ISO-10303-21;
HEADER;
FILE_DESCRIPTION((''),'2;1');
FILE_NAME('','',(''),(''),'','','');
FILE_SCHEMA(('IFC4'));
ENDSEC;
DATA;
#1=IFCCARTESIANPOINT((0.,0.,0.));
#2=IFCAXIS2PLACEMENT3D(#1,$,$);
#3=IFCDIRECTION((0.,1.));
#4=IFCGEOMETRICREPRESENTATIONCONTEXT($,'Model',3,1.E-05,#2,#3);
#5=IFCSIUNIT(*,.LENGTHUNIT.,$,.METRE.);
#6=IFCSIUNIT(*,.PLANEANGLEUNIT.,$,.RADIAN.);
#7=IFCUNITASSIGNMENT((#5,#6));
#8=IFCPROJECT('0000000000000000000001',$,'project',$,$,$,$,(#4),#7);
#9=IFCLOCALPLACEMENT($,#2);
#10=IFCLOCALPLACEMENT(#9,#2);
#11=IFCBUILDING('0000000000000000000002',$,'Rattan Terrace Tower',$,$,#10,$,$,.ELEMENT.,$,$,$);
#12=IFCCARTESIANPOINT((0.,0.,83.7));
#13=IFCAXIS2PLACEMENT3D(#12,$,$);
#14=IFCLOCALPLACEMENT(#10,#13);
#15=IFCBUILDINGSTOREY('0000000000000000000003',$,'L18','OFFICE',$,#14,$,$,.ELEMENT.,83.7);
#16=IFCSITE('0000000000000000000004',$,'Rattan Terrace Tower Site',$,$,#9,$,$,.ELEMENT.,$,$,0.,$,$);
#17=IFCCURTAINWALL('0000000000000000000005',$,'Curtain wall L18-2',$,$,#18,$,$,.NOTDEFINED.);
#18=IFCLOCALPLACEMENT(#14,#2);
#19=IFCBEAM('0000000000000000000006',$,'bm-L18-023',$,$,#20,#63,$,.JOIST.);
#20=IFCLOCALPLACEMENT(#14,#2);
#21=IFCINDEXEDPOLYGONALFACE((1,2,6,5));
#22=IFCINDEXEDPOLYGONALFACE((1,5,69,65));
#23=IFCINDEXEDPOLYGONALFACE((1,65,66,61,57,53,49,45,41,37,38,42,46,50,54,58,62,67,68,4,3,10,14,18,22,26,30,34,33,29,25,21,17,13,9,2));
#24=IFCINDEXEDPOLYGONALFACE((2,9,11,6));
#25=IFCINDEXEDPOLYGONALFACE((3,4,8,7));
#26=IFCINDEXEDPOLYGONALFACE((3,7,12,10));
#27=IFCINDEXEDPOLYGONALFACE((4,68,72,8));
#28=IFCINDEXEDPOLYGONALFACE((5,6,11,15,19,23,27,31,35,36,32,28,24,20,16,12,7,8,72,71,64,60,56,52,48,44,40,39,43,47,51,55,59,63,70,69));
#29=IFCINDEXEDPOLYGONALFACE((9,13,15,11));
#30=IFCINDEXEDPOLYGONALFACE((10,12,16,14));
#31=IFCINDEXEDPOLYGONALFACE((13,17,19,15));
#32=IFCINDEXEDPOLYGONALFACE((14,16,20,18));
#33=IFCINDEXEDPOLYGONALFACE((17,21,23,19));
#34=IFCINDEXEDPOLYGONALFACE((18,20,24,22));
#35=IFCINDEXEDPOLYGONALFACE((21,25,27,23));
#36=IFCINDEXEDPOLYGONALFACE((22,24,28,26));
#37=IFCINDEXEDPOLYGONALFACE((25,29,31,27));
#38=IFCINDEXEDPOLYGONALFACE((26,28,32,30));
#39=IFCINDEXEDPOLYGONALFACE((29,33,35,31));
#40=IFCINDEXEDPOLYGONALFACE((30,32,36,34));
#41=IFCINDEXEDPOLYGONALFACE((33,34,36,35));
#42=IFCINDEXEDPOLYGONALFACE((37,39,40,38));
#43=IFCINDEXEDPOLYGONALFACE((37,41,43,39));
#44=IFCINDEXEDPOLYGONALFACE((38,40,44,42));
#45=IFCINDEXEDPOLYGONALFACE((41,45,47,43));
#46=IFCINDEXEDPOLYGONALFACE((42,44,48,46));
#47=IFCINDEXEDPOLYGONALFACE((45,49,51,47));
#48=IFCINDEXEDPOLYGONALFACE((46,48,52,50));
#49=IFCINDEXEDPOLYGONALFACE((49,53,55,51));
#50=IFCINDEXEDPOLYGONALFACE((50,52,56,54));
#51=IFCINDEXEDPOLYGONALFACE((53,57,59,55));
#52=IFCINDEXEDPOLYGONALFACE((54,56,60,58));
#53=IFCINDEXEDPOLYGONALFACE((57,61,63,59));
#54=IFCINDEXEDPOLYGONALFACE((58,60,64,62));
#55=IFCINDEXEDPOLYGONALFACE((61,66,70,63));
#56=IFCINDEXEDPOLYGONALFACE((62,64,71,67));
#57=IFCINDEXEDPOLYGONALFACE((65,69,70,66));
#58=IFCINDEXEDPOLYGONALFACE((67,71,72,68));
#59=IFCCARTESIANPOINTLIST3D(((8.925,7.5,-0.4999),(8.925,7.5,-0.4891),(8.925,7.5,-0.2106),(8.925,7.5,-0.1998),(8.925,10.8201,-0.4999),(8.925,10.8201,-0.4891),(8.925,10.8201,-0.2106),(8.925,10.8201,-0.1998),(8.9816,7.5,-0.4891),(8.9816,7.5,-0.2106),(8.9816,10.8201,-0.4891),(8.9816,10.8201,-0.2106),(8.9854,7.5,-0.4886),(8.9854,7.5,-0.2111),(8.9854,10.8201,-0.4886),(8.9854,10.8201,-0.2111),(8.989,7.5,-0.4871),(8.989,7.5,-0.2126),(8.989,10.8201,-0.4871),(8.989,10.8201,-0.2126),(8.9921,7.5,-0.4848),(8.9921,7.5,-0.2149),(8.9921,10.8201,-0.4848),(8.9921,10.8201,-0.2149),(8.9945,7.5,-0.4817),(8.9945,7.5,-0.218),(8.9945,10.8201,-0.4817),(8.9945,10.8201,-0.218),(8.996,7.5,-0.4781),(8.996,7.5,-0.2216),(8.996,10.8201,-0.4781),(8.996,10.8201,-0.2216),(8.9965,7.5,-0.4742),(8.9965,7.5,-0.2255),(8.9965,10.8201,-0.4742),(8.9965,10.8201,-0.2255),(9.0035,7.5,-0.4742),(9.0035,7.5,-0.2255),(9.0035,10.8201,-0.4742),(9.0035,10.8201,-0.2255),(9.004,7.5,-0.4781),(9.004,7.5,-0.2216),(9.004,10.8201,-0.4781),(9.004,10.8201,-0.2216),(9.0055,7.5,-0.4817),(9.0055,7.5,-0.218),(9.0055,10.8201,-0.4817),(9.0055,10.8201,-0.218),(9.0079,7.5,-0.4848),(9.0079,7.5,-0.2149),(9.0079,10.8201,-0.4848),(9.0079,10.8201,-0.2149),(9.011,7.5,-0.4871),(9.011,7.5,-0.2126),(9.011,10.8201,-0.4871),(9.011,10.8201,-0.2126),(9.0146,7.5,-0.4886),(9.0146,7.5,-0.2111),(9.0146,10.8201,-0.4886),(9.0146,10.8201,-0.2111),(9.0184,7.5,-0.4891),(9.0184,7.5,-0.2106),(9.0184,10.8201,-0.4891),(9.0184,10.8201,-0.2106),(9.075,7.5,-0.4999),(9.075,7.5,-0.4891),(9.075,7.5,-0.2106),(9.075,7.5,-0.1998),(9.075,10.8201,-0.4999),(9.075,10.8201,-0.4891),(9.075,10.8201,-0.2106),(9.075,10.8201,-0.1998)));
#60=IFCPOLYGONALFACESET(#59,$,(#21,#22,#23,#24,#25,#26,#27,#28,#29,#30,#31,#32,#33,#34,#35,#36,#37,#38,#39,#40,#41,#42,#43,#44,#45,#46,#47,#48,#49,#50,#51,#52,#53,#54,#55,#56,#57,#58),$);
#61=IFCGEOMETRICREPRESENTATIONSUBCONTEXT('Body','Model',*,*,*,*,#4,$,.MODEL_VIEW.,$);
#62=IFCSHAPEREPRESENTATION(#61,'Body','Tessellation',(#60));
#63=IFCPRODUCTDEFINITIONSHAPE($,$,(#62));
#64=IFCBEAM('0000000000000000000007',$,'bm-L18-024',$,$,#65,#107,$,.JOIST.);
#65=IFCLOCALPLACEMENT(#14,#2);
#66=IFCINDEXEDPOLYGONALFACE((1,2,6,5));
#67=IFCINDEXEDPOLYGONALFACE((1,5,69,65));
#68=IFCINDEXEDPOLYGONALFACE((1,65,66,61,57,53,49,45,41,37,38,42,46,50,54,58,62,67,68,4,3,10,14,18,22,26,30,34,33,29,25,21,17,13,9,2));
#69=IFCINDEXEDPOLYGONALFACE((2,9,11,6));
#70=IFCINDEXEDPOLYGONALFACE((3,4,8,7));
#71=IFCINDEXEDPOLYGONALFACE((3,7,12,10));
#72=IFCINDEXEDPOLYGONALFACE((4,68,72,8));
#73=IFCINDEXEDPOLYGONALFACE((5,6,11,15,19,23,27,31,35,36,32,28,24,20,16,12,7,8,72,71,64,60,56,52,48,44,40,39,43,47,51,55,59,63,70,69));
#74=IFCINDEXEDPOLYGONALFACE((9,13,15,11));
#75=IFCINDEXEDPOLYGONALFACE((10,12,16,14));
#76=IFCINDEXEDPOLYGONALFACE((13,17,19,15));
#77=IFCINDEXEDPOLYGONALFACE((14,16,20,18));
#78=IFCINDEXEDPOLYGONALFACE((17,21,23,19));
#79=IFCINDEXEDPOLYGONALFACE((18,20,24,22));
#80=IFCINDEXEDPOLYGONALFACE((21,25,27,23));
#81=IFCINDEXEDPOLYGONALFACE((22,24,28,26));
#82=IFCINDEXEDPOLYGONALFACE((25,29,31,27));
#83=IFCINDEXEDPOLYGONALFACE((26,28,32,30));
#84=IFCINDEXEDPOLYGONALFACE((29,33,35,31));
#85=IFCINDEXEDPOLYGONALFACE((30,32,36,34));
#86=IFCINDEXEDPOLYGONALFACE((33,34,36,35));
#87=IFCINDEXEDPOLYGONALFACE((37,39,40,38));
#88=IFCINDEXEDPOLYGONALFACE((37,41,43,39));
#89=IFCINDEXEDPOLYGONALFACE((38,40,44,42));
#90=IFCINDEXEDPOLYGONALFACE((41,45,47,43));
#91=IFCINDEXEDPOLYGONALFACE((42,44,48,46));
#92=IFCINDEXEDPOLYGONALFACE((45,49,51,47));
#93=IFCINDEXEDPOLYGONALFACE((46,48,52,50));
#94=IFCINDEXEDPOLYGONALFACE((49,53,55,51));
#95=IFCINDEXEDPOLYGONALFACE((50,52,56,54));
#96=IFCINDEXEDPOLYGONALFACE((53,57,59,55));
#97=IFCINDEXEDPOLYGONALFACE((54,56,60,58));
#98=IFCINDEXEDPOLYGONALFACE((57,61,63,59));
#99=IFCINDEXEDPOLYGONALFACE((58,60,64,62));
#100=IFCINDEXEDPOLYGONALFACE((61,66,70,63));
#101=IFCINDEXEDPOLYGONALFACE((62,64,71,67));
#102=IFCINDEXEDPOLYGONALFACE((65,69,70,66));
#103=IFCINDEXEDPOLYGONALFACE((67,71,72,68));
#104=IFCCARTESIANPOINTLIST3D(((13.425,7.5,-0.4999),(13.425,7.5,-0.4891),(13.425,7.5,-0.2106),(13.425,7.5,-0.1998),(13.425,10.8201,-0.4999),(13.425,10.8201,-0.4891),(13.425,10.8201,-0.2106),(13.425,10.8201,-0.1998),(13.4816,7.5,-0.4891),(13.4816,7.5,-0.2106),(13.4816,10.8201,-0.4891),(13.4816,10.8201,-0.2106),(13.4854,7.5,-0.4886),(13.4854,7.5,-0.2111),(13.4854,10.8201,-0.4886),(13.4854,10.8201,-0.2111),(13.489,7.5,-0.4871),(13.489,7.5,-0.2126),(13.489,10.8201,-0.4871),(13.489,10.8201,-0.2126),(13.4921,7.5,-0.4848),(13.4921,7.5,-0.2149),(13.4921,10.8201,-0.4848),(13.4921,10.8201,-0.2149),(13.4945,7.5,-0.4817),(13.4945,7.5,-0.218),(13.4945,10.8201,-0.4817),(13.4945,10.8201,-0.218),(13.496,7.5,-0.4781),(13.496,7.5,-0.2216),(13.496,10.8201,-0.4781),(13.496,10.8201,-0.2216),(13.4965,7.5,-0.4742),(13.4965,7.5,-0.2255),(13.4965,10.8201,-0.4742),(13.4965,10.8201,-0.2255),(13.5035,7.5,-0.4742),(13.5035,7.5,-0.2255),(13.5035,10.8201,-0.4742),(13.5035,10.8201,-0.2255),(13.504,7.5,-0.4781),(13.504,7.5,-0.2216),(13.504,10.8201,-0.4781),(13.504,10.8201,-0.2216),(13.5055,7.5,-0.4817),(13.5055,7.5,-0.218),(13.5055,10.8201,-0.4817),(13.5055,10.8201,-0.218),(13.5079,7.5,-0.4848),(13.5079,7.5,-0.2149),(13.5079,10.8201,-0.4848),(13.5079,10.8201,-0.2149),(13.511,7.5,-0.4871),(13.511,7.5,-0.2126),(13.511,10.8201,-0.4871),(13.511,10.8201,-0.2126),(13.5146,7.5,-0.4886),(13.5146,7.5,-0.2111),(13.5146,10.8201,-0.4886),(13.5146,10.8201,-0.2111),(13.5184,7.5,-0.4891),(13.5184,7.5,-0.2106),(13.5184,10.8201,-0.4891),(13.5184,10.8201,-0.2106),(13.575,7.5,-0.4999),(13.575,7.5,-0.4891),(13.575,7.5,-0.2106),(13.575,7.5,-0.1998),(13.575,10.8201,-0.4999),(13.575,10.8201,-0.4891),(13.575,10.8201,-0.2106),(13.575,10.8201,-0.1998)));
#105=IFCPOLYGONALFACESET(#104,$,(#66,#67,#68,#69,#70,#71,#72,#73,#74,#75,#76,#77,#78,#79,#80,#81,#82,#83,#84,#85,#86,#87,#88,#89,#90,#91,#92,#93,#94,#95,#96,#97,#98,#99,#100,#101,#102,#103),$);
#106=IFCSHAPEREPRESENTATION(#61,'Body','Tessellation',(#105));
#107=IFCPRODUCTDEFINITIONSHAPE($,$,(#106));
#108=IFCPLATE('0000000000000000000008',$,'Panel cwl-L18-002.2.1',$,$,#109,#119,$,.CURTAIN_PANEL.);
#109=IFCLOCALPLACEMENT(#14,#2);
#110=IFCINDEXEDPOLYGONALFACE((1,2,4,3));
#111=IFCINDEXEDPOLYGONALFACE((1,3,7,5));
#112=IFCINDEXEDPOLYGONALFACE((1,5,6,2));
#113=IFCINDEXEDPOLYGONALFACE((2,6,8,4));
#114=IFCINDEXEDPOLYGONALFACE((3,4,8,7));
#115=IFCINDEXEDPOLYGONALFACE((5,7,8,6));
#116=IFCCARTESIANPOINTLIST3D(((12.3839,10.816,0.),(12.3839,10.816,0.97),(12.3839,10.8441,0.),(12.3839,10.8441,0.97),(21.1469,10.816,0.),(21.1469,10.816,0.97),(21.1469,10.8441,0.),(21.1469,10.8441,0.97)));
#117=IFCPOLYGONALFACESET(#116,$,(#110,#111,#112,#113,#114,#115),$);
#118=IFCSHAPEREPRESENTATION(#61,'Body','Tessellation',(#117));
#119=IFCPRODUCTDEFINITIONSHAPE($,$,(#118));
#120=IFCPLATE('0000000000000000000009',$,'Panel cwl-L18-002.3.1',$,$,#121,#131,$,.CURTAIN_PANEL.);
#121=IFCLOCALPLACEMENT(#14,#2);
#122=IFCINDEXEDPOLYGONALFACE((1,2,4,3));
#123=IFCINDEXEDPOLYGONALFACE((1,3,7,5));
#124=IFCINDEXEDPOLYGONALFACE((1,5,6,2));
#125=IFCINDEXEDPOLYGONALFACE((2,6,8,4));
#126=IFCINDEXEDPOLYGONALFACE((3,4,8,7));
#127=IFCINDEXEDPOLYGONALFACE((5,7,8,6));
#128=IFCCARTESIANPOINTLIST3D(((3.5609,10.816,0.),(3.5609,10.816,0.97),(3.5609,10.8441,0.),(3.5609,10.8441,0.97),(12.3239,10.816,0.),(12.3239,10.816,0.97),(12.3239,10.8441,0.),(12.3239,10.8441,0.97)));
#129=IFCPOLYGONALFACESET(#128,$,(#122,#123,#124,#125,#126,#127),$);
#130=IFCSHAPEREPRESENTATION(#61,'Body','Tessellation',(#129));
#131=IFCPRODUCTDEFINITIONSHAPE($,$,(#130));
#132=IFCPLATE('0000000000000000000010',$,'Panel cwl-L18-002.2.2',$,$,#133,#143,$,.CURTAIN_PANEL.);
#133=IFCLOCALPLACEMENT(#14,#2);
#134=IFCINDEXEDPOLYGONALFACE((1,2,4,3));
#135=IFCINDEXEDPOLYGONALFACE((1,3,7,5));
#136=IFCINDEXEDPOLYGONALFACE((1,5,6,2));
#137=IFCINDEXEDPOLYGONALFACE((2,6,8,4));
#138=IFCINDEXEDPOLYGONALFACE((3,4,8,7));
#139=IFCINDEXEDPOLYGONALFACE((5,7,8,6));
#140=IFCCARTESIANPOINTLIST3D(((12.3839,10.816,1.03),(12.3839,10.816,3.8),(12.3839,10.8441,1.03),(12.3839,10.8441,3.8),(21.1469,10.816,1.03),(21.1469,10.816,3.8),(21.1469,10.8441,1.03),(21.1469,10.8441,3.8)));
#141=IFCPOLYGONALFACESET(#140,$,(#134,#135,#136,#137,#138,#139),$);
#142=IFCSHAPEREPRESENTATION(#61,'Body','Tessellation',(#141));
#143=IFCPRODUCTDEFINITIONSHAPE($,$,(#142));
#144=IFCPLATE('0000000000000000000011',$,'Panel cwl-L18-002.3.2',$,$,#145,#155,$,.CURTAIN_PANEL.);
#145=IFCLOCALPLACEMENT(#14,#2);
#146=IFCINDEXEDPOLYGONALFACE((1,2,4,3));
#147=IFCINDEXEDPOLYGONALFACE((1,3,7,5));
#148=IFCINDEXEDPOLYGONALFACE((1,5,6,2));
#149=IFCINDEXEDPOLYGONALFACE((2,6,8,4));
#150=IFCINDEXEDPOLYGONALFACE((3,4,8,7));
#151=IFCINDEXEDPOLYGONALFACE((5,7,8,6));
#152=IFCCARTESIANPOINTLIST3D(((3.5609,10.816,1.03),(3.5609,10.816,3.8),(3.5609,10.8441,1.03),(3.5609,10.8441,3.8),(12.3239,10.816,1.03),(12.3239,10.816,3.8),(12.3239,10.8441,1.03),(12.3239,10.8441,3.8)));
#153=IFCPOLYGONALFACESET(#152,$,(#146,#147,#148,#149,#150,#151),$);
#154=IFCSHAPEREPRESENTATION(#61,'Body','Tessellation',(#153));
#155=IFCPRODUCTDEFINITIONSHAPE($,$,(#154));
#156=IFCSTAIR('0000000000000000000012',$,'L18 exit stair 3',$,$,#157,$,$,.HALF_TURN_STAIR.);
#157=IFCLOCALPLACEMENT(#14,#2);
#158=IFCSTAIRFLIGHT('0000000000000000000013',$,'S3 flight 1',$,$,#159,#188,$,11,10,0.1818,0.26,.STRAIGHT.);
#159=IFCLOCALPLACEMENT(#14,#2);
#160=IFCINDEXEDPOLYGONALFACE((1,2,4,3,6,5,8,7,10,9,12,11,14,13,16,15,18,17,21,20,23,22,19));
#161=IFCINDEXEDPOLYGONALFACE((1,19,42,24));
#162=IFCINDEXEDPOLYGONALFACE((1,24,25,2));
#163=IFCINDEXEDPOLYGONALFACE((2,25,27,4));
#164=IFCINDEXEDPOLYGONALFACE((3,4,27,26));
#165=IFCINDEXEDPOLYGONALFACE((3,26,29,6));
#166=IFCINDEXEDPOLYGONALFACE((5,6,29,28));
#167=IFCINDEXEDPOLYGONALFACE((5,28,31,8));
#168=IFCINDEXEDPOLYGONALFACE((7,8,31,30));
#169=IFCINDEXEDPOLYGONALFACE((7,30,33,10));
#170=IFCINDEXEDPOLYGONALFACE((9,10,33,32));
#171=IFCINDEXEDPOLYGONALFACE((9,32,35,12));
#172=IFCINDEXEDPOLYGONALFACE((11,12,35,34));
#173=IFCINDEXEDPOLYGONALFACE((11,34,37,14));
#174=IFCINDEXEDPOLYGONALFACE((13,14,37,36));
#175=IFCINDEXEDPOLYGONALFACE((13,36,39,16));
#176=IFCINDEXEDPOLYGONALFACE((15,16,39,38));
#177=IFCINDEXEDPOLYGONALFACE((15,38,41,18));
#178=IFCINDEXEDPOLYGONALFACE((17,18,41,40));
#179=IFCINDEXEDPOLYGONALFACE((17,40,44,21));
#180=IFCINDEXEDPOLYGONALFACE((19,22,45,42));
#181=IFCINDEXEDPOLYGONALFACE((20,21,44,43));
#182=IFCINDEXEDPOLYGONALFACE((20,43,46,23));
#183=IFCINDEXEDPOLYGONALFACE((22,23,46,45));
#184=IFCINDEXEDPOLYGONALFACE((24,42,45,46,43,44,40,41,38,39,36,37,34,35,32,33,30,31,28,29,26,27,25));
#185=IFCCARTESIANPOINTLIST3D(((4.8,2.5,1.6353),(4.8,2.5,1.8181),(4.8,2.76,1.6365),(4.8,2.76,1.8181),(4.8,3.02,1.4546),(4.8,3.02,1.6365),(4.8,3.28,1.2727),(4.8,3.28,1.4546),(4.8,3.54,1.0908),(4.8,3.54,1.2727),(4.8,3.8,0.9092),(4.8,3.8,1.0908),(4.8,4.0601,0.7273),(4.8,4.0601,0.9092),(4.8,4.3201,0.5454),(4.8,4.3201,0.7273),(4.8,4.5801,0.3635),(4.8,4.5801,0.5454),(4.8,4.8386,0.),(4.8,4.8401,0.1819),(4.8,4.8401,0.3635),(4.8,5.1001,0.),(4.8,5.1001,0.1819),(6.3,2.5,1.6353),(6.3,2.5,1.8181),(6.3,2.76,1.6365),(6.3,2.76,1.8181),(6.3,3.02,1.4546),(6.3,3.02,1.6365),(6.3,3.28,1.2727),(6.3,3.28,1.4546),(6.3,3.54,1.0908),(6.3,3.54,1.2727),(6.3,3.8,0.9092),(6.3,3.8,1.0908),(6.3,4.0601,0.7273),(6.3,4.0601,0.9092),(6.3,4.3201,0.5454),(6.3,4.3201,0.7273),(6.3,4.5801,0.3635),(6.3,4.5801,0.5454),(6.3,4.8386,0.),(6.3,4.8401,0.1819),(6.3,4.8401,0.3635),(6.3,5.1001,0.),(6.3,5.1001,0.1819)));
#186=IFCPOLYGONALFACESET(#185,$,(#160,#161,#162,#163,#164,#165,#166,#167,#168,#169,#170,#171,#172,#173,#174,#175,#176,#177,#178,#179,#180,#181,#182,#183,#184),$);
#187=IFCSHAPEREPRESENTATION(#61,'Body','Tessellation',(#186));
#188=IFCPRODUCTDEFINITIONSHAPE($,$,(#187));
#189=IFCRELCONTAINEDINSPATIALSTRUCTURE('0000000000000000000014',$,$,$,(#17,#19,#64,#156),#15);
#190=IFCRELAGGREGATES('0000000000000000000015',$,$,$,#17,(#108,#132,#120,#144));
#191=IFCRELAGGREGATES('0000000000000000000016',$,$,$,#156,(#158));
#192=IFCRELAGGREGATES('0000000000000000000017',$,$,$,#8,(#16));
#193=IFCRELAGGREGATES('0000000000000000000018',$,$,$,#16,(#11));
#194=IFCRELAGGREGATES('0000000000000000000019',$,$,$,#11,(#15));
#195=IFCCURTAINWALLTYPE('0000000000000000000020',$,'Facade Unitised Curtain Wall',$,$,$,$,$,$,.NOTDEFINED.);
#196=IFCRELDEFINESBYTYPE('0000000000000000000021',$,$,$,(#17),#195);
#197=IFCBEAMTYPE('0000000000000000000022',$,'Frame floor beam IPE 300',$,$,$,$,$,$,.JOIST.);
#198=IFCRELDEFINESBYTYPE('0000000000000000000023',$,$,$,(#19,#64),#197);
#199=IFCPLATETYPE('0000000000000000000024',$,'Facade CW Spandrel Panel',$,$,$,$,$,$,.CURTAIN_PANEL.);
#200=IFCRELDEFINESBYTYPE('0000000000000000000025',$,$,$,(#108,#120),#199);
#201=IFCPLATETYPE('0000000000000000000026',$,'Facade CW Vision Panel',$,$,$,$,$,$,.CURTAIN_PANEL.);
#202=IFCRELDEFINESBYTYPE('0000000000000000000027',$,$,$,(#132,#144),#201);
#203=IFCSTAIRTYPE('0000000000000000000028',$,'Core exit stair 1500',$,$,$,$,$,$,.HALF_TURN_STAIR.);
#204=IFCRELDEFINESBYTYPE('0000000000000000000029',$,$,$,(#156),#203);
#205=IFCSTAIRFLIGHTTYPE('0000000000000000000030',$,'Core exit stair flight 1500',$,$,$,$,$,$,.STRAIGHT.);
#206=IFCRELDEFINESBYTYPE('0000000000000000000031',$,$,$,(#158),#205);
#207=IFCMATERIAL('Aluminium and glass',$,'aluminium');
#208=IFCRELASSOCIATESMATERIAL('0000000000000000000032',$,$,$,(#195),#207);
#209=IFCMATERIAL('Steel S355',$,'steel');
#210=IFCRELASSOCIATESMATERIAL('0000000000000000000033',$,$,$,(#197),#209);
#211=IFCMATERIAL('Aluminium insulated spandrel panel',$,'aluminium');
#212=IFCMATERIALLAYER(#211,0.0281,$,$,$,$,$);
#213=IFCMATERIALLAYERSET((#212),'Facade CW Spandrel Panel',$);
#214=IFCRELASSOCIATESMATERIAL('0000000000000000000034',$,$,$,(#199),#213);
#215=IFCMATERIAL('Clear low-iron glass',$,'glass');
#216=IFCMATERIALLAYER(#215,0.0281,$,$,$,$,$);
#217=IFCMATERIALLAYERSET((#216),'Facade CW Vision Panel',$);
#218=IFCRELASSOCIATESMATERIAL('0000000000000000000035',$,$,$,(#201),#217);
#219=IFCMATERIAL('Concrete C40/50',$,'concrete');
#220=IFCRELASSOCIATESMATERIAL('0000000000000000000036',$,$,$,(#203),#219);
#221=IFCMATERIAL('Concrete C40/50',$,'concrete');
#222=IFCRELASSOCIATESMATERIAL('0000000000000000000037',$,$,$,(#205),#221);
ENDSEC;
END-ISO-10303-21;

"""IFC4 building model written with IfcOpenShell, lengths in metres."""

from ifc_helpers import new_model, si_unit, direction, frame, origin, origin_2d, place, context, subcontext, project, spatial, polyline, rectangle, i_section, outline, extrude, material, layer, layer_set, material_profile, profile_set, type_object, element, aggregate, save


model = new_model("IFC4")

# Units and contexts
model_context = context("Model", 3, precision=1e-05, world=origin(), true_north=direction((0.0, 1.0)))
body_context = subcontext(model_context, "Body", "Model", "MODEL_VIEW")
ifc_project = project(units=[si_unit("LENGTHUNIT", "METRE"), si_unit("PLANEANGLEUNIT", "RADIAN")], contexts=[model_context])

# Site, building, storey
site_placement = place(None, origin())
site = spatial("IfcSite", under=ifc_project, at=site_placement, Name="Rattan Terrace Tower Site", CompositionType="ELEMENT", RefElevation=0.0)
building_placement = place(site_placement, origin())
building = spatial("IfcBuilding", under=site, at=building_placement, Name="Rattan Terrace Tower", CompositionType="ELEMENT")
storey_placement = place(building_placement, frame((0.0, 0.0, 83.7)))
storey = spatial("IfcBuildingStorey", under=building, at=storey_placement, Name="L18", Description="OFFICE", CompositionType="ELEMENT", Elevation=83.7)

# Curtain wall
ifc_material_1 = material(Name="Aluminium and glass", Category="aluminium")
curtain_wall_type = type_object("IfcCurtainWallType", Name="Facade Unitised Curtain Wall", PredefinedType="NOTDEFINED", material=ifc_material_1)
curtain_wall_placement = place(storey_placement, origin())
curtain_wall = element("IfcCurtainWall", 1, at=curtain_wall_placement, inside=storey, type_object=curtain_wall_type, Name="Curtain wall L18-2", PredefinedType="NOTDEFINED")

# Beams
ifc_material_2 = material(Name="Steel S355", Category="steel")
ifc_material_profile_1 = material_profile(ifc_material_2, i_section(OverallWidth=0.1499, OverallDepth=0.3, WebThickness=0.0071, FlangeThickness=0.0107, FilletRadius=0.0149, at=origin_2d()), Name="IPE 300")
ifc_profile_set_1 = profile_set([ifc_material_profile_1], Name="Steel S355")
beam_type_1 = type_object("IfcBeamType", Name="Frame floor beam IPE 300", PredefinedType="JOIST", material=ifc_profile_set_1)
for number, where, z_axis, x_axis, name in (
    (2, (9.0, 7.5, -0.3499), (0.0, 1.0, 0.0), (-1.0, 0.0, 0.0), "bm-L18-023"),
    (3, (13.5, 7.5, -0.3499), (0.0, 1.0, 0.0), (-1.0, 0.0, 0.0), "bm-L18-024"),
):
    element("IfcBeam", number, at=place(storey_placement, frame(where, z_axis=z_axis, x_axis=x_axis)), inside=storey, type_object=beam_type_1, Name=name, PredefinedType="JOIST", context=body_context, shape_type="SweptSolid", body=[
        extrude(i_section(OverallWidth=0.1499, OverallDepth=0.3, WebThickness=0.0071, FlangeThickness=0.0107, FilletRadius=0.0149, at=origin_2d()), origin(), (0.0, 0.0, 1.0), 3.3201),
    ])

# Plates
ifc_material_3 = material(Name="Aluminium insulated spandrel panel", Category="aluminium")
ifc_layer_1 = layer(ifc_material_3, 0.0281)
ifc_layer_set_1 = layer_set([ifc_layer_1], Name="Facade CW Spandrel Panel")
plate_type_1 = type_object("IfcPlateType", Name="Facade CW Spandrel Panel", PredefinedType="CURTAIN_PANEL", material=ifc_layer_set_1)
plate_1_placement = place(storey_placement, frame((16.7654, 10.8301, 0.0), z_axis=(0.0, 0.0, 1.0), x_axis=(-1.0, 0.0, 0.0)))
plate_1 = element("IfcPlate", 4, at=plate_1_placement, type_object=plate_type_1, Name="Panel cwl-L18-002.2.1", PredefinedType="CURTAIN_PANEL", context=body_context, shape_type="SweptSolid", body=[
    extrude(rectangle(XDim=8.7629, YDim=0.0281, at=origin_2d()), origin(), (0.0, 0.0, 1.0), 0.97),
])
plate_2_placement = place(storey_placement, frame((7.9424, 10.8301, 0.0), z_axis=(0.0, 0.0, 1.0), x_axis=(-1.0, 0.0, 0.0)))
plate_2 = element("IfcPlate", 5, at=plate_2_placement, type_object=plate_type_1, Name="Panel cwl-L18-002.3.1", PredefinedType="CURTAIN_PANEL", context=body_context, shape_type="SweptSolid", body=[
    extrude(rectangle(XDim=8.7629, YDim=0.0281, at=origin_2d()), origin(), (0.0, 0.0, 1.0), 0.97),
])
ifc_material_4 = material(Name="Clear low-iron glass", Category="glass")
ifc_layer_2 = layer(ifc_material_4, 0.0281)
ifc_layer_set_2 = layer_set([ifc_layer_2], Name="Facade CW Vision Panel")
plate_type_2 = type_object("IfcPlateType", Name="Facade CW Vision Panel", PredefinedType="CURTAIN_PANEL", material=ifc_layer_set_2)
plate_3_placement = place(storey_placement, frame((16.7654, 10.8301, 1.03), z_axis=(0.0, 0.0, 1.0), x_axis=(-1.0, 0.0, 0.0)))
plate_3 = element("IfcPlate", 6, at=plate_3_placement, type_object=plate_type_2, Name="Panel cwl-L18-002.2.2", PredefinedType="CURTAIN_PANEL", context=body_context, shape_type="SweptSolid", body=[
    extrude(rectangle(XDim=8.7629, YDim=0.0281, at=origin_2d()), origin(), (0.0, 0.0, 1.0), 2.77),
])
plate_4_placement = place(storey_placement, frame((7.9424, 10.8301, 1.03), z_axis=(0.0, 0.0, 1.0), x_axis=(-1.0, 0.0, 0.0)))
plate_4 = element("IfcPlate", 7, at=plate_4_placement, type_object=plate_type_2, Name="Panel cwl-L18-002.3.2", PredefinedType="CURTAIN_PANEL", context=body_context, shape_type="SweptSolid", body=[
    extrude(rectangle(XDim=8.7629, YDim=0.0281, at=origin_2d()), origin(), (0.0, 0.0, 1.0), 2.77),
])
aggregate(curtain_wall, [plate_1, plate_3, plate_2, plate_4])

# Stair, stair flight
ifc_material_5 = material(Name="Concrete C40/50", Category="concrete")
stair_type = type_object("IfcStairType", Name="Core exit stair 1500", PredefinedType="HALF_TURN_STAIR", material=ifc_material_5)
stair_placement = place(storey_placement, origin())
stair = element("IfcStair", 8, at=stair_placement, inside=storey, type_object=stair_type, Name="L18 exit stair 3", PredefinedType="HALF_TURN_STAIR")
ifc_material_6 = material(Name="Concrete C40/50", Category="concrete")
stair_flight_type = type_object("IfcStairFlightType", Name="Core exit stair flight 1500", PredefinedType="STRAIGHT", material=ifc_material_6)
stair_flight_placement = place(storey_placement, frame((5.55, 5.1001, 0.0), z_axis=(0.0, 0.0, 1.0), x_axis=(0.0, -1.0, 0.0)))
stair_flight = element("IfcStairFlight", 9, at=stair_flight_placement, type_object=stair_flight_type, Name="S3 flight 1", NumberOfRisers=11, NumberOfTreads=10, PredefinedType="STRAIGHT", RiserHeight=0.1818, TreadLength=0.26, context=body_context, shape_type="SweptSolid", body=[
    extrude(outline(polyline([(0.0, 0.0), (0.0, 0.1819), (0.26, 0.1819), (0.26, 0.3635), (0.52, 0.3635), (0.52, 0.5454), (0.78, 0.5454), (0.78, 0.7273), (1.04, 0.7273), (1.04, 0.9092), (1.3, 0.9092), (1.3, 1.0908), (1.5601, 1.0908), (1.5601, 1.2727), (1.8201, 1.2727), (1.8201, 1.4546), (2.0801, 1.4546), (2.0801, 1.6365), (2.3401, 1.6365), (2.3401, 1.8181), (2.6001, 1.8181), (2.6001, 2.0), (2.6001, 1.6353), (0.2615, 0.0), (0.0, 0.0)])), frame((0.0, 0.75, 0.0), z_axis=(0.0, -1.0, 0.0), x_axis=(1.0, 0.0, 0.0)), (0.0, 0.0, 1.0), 1.5),
])
aggregate(stair, [stair_flight])

save(model, "model.ifc")
